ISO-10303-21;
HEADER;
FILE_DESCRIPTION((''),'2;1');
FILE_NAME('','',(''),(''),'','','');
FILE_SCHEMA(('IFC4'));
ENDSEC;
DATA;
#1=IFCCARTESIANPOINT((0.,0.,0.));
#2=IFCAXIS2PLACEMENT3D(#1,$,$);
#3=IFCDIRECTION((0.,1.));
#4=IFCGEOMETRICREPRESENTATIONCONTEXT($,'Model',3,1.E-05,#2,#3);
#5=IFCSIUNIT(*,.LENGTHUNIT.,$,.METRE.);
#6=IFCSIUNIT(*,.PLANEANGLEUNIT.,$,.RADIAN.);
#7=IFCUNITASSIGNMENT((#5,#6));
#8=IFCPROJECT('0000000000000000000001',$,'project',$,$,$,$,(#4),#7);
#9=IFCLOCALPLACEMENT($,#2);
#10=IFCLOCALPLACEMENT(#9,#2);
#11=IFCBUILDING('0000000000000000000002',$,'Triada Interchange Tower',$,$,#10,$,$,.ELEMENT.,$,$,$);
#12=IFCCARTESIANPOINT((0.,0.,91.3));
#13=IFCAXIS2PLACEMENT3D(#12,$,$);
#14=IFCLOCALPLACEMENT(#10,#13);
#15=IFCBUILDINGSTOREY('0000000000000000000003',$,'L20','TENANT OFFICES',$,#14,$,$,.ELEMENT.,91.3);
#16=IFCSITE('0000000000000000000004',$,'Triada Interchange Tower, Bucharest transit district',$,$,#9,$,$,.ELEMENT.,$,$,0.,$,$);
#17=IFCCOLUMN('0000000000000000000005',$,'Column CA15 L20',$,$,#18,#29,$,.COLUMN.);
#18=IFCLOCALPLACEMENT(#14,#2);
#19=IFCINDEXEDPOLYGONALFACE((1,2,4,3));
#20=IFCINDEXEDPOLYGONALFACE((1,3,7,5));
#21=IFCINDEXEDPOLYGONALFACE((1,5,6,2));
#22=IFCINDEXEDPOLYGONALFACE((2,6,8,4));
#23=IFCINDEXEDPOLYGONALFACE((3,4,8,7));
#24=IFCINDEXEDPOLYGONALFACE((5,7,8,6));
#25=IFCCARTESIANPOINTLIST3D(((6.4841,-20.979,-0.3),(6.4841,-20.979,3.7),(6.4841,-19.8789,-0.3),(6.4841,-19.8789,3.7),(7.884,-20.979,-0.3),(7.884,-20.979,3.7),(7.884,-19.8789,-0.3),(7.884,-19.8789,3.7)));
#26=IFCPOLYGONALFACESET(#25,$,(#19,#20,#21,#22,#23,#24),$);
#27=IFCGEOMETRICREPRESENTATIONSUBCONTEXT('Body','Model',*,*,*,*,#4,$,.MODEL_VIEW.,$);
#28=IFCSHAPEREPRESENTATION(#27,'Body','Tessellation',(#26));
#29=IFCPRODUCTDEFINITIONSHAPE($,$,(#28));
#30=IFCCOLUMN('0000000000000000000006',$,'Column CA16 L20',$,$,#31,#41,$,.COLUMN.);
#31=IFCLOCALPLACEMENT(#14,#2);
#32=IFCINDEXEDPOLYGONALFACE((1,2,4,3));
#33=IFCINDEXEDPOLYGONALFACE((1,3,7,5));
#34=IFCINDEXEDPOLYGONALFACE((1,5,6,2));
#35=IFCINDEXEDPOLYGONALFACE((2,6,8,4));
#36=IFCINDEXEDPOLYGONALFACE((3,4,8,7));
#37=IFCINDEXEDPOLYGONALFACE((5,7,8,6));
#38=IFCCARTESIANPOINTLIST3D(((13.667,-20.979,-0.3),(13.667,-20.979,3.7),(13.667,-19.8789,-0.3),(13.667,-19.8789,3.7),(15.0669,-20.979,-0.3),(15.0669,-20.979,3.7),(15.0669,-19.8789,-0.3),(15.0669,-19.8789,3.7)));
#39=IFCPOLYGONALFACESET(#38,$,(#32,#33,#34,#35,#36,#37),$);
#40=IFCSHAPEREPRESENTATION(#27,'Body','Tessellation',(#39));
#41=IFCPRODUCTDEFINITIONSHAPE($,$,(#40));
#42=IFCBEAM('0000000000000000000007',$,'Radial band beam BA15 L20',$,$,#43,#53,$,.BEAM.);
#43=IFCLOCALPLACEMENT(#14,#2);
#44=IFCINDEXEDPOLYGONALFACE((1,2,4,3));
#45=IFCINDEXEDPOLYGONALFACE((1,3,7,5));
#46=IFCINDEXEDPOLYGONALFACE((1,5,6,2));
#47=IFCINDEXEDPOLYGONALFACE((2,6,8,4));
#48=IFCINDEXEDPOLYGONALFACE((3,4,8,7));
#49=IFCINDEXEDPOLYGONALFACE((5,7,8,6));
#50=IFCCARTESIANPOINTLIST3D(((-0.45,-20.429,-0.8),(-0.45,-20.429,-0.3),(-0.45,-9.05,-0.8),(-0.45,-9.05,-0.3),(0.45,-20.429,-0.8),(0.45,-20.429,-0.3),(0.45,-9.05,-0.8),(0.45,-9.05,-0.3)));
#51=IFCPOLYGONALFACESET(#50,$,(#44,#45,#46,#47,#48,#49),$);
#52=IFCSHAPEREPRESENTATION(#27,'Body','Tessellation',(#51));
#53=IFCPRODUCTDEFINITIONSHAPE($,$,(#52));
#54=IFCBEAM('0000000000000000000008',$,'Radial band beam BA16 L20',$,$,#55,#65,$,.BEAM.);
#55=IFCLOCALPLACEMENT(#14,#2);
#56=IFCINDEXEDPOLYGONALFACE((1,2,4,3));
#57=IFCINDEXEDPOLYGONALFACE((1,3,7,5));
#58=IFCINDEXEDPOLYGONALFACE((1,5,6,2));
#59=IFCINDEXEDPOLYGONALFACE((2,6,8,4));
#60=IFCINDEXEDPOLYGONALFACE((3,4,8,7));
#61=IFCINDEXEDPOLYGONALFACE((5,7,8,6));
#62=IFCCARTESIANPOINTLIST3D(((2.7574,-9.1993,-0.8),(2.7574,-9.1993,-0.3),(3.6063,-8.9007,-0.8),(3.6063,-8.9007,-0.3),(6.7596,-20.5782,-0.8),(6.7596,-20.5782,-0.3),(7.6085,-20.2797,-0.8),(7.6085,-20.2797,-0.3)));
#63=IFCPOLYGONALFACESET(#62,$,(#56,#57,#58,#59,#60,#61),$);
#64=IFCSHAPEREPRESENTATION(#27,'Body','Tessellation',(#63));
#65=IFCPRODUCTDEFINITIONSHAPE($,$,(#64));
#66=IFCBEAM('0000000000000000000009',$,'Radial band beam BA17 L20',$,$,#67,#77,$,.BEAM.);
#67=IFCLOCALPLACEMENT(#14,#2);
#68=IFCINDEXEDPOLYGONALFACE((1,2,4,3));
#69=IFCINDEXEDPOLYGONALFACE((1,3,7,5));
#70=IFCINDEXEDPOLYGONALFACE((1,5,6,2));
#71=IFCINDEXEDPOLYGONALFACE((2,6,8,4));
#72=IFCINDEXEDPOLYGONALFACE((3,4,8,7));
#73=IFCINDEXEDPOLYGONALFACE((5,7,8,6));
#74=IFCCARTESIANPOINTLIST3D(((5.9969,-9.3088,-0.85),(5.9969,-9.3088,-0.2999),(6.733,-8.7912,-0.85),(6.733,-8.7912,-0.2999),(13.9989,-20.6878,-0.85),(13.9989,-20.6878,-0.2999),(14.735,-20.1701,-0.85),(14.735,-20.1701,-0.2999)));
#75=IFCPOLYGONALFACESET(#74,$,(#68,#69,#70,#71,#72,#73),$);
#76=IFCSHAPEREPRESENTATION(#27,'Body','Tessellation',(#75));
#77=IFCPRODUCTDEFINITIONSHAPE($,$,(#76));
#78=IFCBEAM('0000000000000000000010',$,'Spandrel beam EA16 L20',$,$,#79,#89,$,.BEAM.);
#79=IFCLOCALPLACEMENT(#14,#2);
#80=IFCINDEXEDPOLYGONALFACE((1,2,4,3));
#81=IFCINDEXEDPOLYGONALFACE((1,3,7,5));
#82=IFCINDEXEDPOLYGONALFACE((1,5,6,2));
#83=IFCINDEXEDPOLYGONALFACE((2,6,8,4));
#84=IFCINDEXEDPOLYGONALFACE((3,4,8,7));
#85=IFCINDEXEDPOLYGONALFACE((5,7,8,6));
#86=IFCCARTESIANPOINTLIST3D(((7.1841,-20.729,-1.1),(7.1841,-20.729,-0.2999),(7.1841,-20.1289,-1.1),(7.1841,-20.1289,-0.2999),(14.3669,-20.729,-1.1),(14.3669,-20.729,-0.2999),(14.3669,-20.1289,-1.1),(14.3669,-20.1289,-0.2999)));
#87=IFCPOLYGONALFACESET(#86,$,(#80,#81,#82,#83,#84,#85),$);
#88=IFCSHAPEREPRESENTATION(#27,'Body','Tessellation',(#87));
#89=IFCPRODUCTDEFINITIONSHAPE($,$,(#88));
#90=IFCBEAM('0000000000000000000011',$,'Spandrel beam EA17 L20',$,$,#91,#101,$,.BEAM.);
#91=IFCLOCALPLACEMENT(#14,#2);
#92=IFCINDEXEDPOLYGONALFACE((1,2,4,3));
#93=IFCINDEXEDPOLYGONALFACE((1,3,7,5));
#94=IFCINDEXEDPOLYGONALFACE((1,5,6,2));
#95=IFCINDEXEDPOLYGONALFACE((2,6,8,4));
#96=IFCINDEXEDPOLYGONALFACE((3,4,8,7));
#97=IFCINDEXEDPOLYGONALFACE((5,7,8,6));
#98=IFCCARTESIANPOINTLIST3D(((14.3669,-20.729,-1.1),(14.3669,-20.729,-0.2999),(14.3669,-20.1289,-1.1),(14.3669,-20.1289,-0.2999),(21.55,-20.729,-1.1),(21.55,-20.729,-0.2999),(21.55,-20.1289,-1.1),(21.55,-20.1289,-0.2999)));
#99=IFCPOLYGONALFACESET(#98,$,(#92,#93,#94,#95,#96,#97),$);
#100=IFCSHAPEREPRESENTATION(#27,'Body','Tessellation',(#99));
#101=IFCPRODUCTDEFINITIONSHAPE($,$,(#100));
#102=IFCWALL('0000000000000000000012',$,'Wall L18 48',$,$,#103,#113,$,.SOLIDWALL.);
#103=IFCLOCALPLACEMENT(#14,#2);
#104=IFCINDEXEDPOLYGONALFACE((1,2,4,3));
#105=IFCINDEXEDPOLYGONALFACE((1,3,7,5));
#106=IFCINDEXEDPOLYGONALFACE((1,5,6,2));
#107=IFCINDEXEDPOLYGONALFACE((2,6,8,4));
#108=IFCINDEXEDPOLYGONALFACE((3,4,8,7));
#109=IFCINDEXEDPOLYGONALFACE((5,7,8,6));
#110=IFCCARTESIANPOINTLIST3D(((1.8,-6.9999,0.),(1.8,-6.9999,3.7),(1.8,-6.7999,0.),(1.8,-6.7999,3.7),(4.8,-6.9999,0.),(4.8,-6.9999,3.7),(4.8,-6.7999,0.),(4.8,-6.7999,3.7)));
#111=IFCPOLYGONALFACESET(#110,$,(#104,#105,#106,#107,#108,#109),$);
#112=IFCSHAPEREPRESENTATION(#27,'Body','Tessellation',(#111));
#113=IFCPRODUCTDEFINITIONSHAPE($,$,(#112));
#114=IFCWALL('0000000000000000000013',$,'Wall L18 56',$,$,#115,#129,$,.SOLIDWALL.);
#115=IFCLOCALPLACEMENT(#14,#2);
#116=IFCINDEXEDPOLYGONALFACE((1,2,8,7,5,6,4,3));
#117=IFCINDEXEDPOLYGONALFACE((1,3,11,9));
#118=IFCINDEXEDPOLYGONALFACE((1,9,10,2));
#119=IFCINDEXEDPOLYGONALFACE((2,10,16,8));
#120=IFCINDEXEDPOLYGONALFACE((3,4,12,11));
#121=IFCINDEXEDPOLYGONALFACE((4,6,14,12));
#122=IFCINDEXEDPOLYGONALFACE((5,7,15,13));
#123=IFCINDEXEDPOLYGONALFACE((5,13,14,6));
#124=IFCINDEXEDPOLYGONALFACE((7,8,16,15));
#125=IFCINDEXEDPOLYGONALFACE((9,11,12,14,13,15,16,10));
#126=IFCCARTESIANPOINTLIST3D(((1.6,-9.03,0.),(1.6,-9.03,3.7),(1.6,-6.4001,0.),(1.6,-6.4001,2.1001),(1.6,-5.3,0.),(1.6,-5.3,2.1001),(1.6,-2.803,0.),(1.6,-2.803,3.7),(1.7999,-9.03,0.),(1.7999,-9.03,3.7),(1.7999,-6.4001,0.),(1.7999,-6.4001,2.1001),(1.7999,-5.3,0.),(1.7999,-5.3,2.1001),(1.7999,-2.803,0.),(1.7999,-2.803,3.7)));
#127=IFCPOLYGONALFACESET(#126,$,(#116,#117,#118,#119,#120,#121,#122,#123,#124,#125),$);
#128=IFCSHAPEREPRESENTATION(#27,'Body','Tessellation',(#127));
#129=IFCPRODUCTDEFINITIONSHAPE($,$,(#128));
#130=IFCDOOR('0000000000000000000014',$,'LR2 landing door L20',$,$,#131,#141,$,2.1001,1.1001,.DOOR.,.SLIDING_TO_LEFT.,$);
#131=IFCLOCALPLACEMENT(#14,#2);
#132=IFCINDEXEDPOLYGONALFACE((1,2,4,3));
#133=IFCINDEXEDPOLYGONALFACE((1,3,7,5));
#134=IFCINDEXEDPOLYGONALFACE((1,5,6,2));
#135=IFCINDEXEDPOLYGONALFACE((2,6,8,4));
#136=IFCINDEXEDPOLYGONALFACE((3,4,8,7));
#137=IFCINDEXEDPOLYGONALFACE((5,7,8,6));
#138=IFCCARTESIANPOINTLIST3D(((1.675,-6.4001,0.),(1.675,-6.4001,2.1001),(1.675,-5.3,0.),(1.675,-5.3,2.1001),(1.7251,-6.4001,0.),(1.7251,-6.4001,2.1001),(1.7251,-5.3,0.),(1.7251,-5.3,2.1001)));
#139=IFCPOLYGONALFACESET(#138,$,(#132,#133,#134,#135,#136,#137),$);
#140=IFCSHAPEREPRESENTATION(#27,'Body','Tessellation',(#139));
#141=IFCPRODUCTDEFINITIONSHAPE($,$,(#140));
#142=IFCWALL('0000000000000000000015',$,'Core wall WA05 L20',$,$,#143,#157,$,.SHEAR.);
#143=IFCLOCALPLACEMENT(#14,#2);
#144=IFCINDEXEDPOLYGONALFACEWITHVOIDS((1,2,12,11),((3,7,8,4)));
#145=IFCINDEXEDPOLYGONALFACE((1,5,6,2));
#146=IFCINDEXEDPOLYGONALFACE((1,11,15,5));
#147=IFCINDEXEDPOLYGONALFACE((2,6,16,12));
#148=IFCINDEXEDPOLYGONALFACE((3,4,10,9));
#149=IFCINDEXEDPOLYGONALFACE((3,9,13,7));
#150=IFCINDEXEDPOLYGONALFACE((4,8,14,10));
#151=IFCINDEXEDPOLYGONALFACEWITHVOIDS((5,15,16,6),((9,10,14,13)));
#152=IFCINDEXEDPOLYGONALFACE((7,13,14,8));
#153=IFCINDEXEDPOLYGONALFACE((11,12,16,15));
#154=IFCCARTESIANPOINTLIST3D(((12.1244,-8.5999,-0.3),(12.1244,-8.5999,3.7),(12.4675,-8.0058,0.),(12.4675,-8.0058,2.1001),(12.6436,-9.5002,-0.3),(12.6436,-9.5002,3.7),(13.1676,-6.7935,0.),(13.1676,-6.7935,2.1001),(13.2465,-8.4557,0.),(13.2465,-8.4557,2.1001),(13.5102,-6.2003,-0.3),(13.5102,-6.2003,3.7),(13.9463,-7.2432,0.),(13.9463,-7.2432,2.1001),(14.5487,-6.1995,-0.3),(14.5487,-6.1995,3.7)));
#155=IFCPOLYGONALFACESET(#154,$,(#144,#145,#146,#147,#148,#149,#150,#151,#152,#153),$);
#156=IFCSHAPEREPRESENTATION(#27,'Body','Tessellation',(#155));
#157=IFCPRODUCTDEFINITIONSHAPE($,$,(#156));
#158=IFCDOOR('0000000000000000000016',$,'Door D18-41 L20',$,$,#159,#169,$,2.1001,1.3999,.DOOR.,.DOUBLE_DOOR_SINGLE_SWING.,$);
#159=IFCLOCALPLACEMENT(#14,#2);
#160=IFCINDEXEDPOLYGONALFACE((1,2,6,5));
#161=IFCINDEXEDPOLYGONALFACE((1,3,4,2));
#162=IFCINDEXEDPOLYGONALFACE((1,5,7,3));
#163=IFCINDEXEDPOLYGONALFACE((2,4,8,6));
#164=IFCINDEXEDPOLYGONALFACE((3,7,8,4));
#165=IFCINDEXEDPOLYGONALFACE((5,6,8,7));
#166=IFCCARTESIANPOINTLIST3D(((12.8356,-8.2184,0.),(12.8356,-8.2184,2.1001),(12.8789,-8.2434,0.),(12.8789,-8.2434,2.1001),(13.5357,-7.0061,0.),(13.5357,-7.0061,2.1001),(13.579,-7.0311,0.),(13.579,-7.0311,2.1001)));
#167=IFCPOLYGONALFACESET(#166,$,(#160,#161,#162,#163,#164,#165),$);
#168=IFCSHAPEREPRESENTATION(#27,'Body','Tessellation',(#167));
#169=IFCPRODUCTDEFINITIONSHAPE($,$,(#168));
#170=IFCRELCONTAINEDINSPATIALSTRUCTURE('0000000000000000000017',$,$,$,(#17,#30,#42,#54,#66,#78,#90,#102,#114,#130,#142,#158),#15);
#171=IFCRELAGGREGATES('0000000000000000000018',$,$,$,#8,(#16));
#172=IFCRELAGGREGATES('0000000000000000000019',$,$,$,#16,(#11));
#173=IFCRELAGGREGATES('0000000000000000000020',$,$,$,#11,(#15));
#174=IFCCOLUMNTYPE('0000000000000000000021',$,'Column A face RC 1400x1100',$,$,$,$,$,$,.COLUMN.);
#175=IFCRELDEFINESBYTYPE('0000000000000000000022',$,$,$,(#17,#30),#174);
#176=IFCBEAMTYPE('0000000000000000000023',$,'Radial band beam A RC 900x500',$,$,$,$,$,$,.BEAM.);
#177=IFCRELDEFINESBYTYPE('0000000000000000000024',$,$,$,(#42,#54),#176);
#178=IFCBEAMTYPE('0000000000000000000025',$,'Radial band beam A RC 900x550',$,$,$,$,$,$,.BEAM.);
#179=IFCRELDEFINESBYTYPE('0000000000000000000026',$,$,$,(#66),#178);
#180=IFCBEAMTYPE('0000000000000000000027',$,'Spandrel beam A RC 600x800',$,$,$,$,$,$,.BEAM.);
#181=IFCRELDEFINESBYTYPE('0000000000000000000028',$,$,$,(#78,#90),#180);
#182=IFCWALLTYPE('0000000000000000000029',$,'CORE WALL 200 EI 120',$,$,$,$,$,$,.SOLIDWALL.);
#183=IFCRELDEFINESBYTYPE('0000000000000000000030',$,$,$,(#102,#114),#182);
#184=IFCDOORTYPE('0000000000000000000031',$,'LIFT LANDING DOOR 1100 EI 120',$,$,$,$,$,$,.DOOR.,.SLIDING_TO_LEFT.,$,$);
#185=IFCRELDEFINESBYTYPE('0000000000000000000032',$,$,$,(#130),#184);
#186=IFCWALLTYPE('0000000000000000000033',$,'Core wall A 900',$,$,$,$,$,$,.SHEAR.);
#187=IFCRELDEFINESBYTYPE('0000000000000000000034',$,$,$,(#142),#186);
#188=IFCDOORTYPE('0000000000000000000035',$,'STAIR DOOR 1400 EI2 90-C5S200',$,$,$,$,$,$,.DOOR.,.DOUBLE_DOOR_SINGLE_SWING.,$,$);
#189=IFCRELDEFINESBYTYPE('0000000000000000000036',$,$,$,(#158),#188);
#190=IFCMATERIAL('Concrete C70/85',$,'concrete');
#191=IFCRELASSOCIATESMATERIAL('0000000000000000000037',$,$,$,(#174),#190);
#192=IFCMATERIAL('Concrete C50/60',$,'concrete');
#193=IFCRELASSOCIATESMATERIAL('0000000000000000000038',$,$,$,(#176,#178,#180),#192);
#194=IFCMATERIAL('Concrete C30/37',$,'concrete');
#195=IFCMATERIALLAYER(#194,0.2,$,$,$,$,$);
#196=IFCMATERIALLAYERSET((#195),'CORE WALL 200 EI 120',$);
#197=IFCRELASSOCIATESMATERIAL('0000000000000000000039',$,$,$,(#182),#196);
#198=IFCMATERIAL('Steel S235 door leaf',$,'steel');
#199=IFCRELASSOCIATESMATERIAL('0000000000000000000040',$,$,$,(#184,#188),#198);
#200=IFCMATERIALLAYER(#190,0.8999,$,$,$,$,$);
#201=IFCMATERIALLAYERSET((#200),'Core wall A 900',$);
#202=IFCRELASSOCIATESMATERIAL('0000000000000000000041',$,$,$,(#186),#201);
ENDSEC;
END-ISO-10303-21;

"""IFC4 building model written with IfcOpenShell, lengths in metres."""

from ifc_helpers import new_model, si_unit, direction, frame, frame_2d, origin, origin_2d, place, context, subcontext, project, spatial, polyline, rectangle, outline, extrude, material, layer, layer_set, material_profile, profile_set, type_object, element, fill, save


model = new_model("IFC4")

# Units and contexts
model_context = context("Model", 3, precision=1e-05, world=origin(), true_north=direction((0.0, 1.0)))
body_context = subcontext(model_context, "Body", "Model", "MODEL_VIEW")
ifc_project = project(units=[si_unit("LENGTHUNIT", "METRE"), si_unit("PLANEANGLEUNIT", "RADIAN")], contexts=[model_context])

# Site, building, storey
site_placement = place(None, origin())
site = spatial("IfcSite", under=ifc_project, at=site_placement, Name="Triada Interchange Tower, Bucharest transit district", CompositionType="ELEMENT", RefElevation=0.0)
building_placement = place(site_placement, origin())
building = spatial("IfcBuilding", under=site, at=building_placement, Name="Triada Interchange Tower", CompositionType="ELEMENT")
storey_placement = place(building_placement, frame((0.0, 0.0, 91.3)))
storey = spatial("IfcBuildingStorey", under=building, at=storey_placement, Name="L20", Description="TENANT OFFICES", CompositionType="ELEMENT", Elevation=91.3)

# Columns
ifc_material_1 = material(Name="Concrete C70/85", Category="concrete")
ifc_material_profile_1 = material_profile(ifc_material_1, rectangle(XDim=1.3999, YDim=1.1001, at=origin_2d()), Name="RC 1400x1100")
ifc_profile_set_1 = profile_set([ifc_material_profile_1], Name="Concrete C70/85")
column_type = type_object("IfcColumnType", Name="Column A face RC 1400x1100", PredefinedType="COLUMN", material=ifc_profile_set_1)
for number, where, z_axis, x_axis, name in (
    (1, (7.1841, -20.429, -0.3), (0.0, 0.0, 1.0), (1.0, 0.0, 0.0), "Column CA15 L20"),
    (2, (14.3669, -20.429, -0.3), (0.0, 0.0, 1.0), (1.0, 0.0, 0.0), "Column CA16 L20"),
):
    element("IfcColumn", number, at=place(storey_placement, frame(where, z_axis=z_axis, x_axis=x_axis)), inside=storey, type_object=column_type, Name=name, PredefinedType="COLUMN", context=body_context, shape_type="SweptSolid", body=[
        extrude(rectangle(XDim=1.3999, YDim=1.1001, at=origin_2d()), origin(), (0.0, 0.0, 1.0), 4.0),
    ])

# Beams
ifc_material_2 = material(Name="Concrete C50/60", Category="concrete")
ifc_material_profile_2 = material_profile(ifc_material_2, rectangle(XDim=0.8999, YDim=0.5, at=origin_2d()), Name="RC 900x500")
ifc_profile_set_2 = profile_set([ifc_material_profile_2], Name="Concrete C50/60")
beam_type_1 = type_object("IfcBeamType", Name="Radial band beam A RC 900x500", PredefinedType="BEAM", material=ifc_profile_set_2)
beam_1_placement = place(storey_placement, frame((0.0, -20.429, -0.55), z_axis=(0.0, 1.0, 0.0), x_axis=(-1.0, 0.0, 0.0)))
element("IfcBeam", 3, at=beam_1_placement, inside=storey, type_object=beam_type_1, Name="Radial band beam BA15 L20", PredefinedType="BEAM", context=body_context, shape_type="SweptSolid", body=[
    extrude(rectangle(XDim=0.8999, YDim=0.5, at=origin_2d()), origin(), (0.0, 0.0, 1.0), 11.3789),
])
beam_2_placement = place(storey_placement, frame((7.1841, -20.429, -0.55), z_axis=(-0.331796, 0.943351, 0.0), x_axis=(-0.943351, -0.331796, 0.0)))
element("IfcBeam", 4, at=beam_2_placement, inside=storey, type_object=beam_type_1, Name="Radial band beam BA16 L20", PredefinedType="BEAM", context=body_context, shape_type="SweptSolid", body=[
    extrude(rectangle(XDim=0.8999, YDim=0.5, at=origin_2d()), origin(), (0.0, 0.0, 1.0), 12.0623),
])
ifc_material_profile_3 = material_profile(ifc_material_2, rectangle(XDim=0.8999, YDim=0.55, at=origin_2d()), Name="RC 900x550")
ifc_profile_set_3 = profile_set([ifc_material_profile_3], Name="Concrete C50/60")
beam_type_2 = type_object("IfcBeamType", Name="Radial band beam A RC 900x550", PredefinedType="BEAM", material=ifc_profile_set_3)
beam_3_placement = place(storey_placement, frame((14.3669, -20.429, -0.575), z_axis=(-0.575233, 0.81799, 0.0), x_axis=(-0.81799, -0.575233, 0.0)))
element("IfcBeam", 5, at=beam_3_placement, inside=storey, type_object=beam_type_2, Name="Radial band beam BA17 L20", PredefinedType="BEAM", context=body_context, shape_type="SweptSolid", body=[
    extrude(rectangle(XDim=0.8999, YDim=0.55, at=origin_2d()), origin(), (0.0, 0.0, 1.0), 13.9109),
])
ifc_material_profile_4 = material_profile(ifc_material_2, rectangle(XDim=0.6001, YDim=0.8, at=origin_2d()), Name="RC 600x800")
ifc_profile_set_4 = profile_set([ifc_material_profile_4], Name="Concrete C50/60")
beam_type_3 = type_object("IfcBeamType", Name="Spandrel beam A RC 600x800", PredefinedType="BEAM", material=ifc_profile_set_4)
beam_4_placement = place(storey_placement, frame((7.1841, -20.429, -0.7), z_axis=(1.0, 0.0, 0.0), x_axis=(0.0, 1.0, 0.0)))
element("IfcBeam", 6, at=beam_4_placement, inside=storey, type_object=beam_type_3, Name="Spandrel beam EA16 L20", PredefinedType="BEAM", context=body_context, shape_type="SweptSolid", body=[
    extrude(rectangle(XDim=0.6001, YDim=0.8, at=origin_2d()), origin(), (0.0, 0.0, 1.0), 7.1829),
])
beam_5_placement = place(storey_placement, frame((14.3669, -20.429, -0.7), z_axis=(1.0, 0.0, 0.0), x_axis=(0.0, 1.0, 0.0)))
element("IfcBeam", 7, at=beam_5_placement, inside=storey, type_object=beam_type_3, Name="Spandrel beam EA17 L20", PredefinedType="BEAM", context=body_context, shape_type="SweptSolid", body=[
    extrude(rectangle(XDim=0.6001, YDim=0.8, at=origin_2d()), origin(), (0.0, 0.0, 1.0), 7.1831),
])

# Wall
ifc_material_3 = material(Name="Concrete C30/37", Category="concrete")
ifc_layer_1 = layer(ifc_material_3, 0.2)
ifc_layer_set_1 = layer_set([ifc_layer_1], Name="CORE WALL 200 EI 120")
wall_type_1 = type_object("IfcWallType", Name="CORE WALL 200 EI 120", PredefinedType="SOLIDWALL", material=ifc_layer_set_1)
wall_1_placement = place(storey_placement, frame((1.8, -6.8999, 0.0), z_axis=(0.0, 0.0, 1.0), x_axis=(1.0, 0.0, 0.0)))
element("IfcWall", 8, at=wall_1_placement, inside=storey, type_object=wall_type_1, Name="Wall L18 48", PredefinedType="SOLIDWALL", context=body_context, shape_type="SweptSolid", body=[
    extrude(rectangle(XDim=3.0, YDim=0.2, at=frame_2d((1.5, 0.0))), origin(), (0.0, 0.0, 1.0), 3.7),
])

# Walls, openings, doors
wall_2_placement = place(storey_placement, frame((1.7, -9.03, 0.0), z_axis=(0.0, 0.0, 1.0), x_axis=(0.0, 1.0, 0.0)))
wall_2 = element("IfcWall", 9, at=wall_2_placement, inside=storey, type_object=wall_type_1, Name="Wall L18 56", PredefinedType="SOLIDWALL", context=body_context, shape_type="SweptSolid", body=[
    extrude(rectangle(XDim=6.2271, YDim=0.2, at=frame_2d((3.1135, 0.0))), origin(), (0.0, 0.0, 1.0), 3.7),
])
opening_1_placement = place(wall_2_placement, frame((2.6299, 0.0, 0.0)))
opening_1 = element("IfcOpeningElement", 10, at=opening_1_placement, cuts=wall_2, PredefinedType="OPENING", context=body_context, shape_type="SweptSolid", body=[
    extrude(rectangle(XDim=1.1001, YDim=2.1001, at=frame_2d((0.55, 1.05))), frame((0.0, 0.1099, 0.0), z_axis=(0.0, -1.0, 0.0), x_axis=(1.0, 0.0, 0.0)), (0.0, 0.0, 1.0), 0.22),
])
ifc_material_4 = material(Name="Steel S235 door leaf", Category="steel")
door_type_1 = type_object("IfcDoorType", Name="LIFT LANDING DOOR 1100 EI 120", OperationType="SLIDING_TO_LEFT", PredefinedType="DOOR", material=ifc_material_4)
door_1_placement = place(opening_1_placement, origin())
door_1 = element("IfcDoor", 11, at=door_1_placement, inside=storey, type_object=door_type_1, Name="LR2 landing door L20", OperationType="SLIDING_TO_LEFT", OverallHeight=2.1001, OverallWidth=1.1001, PredefinedType="DOOR", context=body_context, shape_type="SweptSolid", body=[
    extrude(rectangle(XDim=1.1001, YDim=2.1001, at=frame_2d((0.55, 1.05))), frame((0.0, 0.0249, 0.0), z_axis=(0.0, -1.0, 0.0), x_axis=(1.0, 0.0, 0.0)), (0.0, 0.0, 1.0), 0.05),
])
fill(opening_1, door_1)
ifc_layer_2 = layer(ifc_material_1, 0.8999)
ifc_layer_set_2 = layer_set([ifc_layer_2], Name="Core wall A 900")
wall_type_2 = type_object("IfcWallType", Name="Core wall A 900", PredefinedType="SHEAR", material=ifc_layer_set_2)
wall_3_placement = place(storey_placement, frame((12.384, -9.05, -0.3), z_axis=(0.0, 0.0, 1.0), x_axis=(0.500112, 0.865961, 0.0)))
wall_3 = element("IfcWall", 12, at=wall_3_placement, inside=storey, type_object=wall_type_2, Name="Core wall WA05 L20", PredefinedType="SHEAR", context=body_context, shape_type="SweptSolid", body=[
    extrude(outline(polyline([(-0.26, -0.45), (1.6455, -0.4495), (3.551, -0.449), (3.031, 0.45), (1.6455, 0.45), (0.26, 0.45), (-0.26, -0.45)])), origin(), (0.0, 0.0, 1.0), 4.0),
])
opening_2_placement = place(wall_3_placement, frame((0.946, 0.0, 0.3)))
opening_2 = element("IfcOpeningElement", 13, at=opening_2_placement, cuts=wall_3, PredefinedType="OPENING", context=body_context, shape_type="SweptSolid", body=[
    extrude(rectangle(XDim=1.3999, YDim=2.1001, at=frame_2d((0.7, 1.05))), frame((0.0, 0.46, 0.0), z_axis=(0.0, -1.0, 0.0), x_axis=(1.0, 0.0, 0.0)), (0.0, 0.0, 1.0), 0.9199),
])
door_type_2 = type_object("IfcDoorType", Name="STAIR DOOR 1400 EI2 90-C5S200", OperationType="DOUBLE_DOOR_SINGLE_SWING", PredefinedType="DOOR", material=ifc_material_4)
door_2_placement = place(opening_2_placement, origin())
door_2 = element("IfcDoor", 14, at=door_2_placement, inside=storey, type_object=door_type_2, Name="Door D18-41 L20", OperationType="DOUBLE_DOOR_SINGLE_SWING", OverallHeight=2.1001, OverallWidth=1.3999, PredefinedType="DOOR", context=body_context, shape_type="SweptSolid", body=[
    extrude(rectangle(XDim=1.3999, YDim=2.1001, at=frame_2d((0.7, 1.05))), frame((0.0, 0.0249, 0.0), z_axis=(0.0, -1.0, 0.0), x_axis=(1.0, 0.0, 0.0)), (0.0, 0.0, 1.0), 0.05),
])
fill(opening_2, door_2)

save(model, "model.ifc")
